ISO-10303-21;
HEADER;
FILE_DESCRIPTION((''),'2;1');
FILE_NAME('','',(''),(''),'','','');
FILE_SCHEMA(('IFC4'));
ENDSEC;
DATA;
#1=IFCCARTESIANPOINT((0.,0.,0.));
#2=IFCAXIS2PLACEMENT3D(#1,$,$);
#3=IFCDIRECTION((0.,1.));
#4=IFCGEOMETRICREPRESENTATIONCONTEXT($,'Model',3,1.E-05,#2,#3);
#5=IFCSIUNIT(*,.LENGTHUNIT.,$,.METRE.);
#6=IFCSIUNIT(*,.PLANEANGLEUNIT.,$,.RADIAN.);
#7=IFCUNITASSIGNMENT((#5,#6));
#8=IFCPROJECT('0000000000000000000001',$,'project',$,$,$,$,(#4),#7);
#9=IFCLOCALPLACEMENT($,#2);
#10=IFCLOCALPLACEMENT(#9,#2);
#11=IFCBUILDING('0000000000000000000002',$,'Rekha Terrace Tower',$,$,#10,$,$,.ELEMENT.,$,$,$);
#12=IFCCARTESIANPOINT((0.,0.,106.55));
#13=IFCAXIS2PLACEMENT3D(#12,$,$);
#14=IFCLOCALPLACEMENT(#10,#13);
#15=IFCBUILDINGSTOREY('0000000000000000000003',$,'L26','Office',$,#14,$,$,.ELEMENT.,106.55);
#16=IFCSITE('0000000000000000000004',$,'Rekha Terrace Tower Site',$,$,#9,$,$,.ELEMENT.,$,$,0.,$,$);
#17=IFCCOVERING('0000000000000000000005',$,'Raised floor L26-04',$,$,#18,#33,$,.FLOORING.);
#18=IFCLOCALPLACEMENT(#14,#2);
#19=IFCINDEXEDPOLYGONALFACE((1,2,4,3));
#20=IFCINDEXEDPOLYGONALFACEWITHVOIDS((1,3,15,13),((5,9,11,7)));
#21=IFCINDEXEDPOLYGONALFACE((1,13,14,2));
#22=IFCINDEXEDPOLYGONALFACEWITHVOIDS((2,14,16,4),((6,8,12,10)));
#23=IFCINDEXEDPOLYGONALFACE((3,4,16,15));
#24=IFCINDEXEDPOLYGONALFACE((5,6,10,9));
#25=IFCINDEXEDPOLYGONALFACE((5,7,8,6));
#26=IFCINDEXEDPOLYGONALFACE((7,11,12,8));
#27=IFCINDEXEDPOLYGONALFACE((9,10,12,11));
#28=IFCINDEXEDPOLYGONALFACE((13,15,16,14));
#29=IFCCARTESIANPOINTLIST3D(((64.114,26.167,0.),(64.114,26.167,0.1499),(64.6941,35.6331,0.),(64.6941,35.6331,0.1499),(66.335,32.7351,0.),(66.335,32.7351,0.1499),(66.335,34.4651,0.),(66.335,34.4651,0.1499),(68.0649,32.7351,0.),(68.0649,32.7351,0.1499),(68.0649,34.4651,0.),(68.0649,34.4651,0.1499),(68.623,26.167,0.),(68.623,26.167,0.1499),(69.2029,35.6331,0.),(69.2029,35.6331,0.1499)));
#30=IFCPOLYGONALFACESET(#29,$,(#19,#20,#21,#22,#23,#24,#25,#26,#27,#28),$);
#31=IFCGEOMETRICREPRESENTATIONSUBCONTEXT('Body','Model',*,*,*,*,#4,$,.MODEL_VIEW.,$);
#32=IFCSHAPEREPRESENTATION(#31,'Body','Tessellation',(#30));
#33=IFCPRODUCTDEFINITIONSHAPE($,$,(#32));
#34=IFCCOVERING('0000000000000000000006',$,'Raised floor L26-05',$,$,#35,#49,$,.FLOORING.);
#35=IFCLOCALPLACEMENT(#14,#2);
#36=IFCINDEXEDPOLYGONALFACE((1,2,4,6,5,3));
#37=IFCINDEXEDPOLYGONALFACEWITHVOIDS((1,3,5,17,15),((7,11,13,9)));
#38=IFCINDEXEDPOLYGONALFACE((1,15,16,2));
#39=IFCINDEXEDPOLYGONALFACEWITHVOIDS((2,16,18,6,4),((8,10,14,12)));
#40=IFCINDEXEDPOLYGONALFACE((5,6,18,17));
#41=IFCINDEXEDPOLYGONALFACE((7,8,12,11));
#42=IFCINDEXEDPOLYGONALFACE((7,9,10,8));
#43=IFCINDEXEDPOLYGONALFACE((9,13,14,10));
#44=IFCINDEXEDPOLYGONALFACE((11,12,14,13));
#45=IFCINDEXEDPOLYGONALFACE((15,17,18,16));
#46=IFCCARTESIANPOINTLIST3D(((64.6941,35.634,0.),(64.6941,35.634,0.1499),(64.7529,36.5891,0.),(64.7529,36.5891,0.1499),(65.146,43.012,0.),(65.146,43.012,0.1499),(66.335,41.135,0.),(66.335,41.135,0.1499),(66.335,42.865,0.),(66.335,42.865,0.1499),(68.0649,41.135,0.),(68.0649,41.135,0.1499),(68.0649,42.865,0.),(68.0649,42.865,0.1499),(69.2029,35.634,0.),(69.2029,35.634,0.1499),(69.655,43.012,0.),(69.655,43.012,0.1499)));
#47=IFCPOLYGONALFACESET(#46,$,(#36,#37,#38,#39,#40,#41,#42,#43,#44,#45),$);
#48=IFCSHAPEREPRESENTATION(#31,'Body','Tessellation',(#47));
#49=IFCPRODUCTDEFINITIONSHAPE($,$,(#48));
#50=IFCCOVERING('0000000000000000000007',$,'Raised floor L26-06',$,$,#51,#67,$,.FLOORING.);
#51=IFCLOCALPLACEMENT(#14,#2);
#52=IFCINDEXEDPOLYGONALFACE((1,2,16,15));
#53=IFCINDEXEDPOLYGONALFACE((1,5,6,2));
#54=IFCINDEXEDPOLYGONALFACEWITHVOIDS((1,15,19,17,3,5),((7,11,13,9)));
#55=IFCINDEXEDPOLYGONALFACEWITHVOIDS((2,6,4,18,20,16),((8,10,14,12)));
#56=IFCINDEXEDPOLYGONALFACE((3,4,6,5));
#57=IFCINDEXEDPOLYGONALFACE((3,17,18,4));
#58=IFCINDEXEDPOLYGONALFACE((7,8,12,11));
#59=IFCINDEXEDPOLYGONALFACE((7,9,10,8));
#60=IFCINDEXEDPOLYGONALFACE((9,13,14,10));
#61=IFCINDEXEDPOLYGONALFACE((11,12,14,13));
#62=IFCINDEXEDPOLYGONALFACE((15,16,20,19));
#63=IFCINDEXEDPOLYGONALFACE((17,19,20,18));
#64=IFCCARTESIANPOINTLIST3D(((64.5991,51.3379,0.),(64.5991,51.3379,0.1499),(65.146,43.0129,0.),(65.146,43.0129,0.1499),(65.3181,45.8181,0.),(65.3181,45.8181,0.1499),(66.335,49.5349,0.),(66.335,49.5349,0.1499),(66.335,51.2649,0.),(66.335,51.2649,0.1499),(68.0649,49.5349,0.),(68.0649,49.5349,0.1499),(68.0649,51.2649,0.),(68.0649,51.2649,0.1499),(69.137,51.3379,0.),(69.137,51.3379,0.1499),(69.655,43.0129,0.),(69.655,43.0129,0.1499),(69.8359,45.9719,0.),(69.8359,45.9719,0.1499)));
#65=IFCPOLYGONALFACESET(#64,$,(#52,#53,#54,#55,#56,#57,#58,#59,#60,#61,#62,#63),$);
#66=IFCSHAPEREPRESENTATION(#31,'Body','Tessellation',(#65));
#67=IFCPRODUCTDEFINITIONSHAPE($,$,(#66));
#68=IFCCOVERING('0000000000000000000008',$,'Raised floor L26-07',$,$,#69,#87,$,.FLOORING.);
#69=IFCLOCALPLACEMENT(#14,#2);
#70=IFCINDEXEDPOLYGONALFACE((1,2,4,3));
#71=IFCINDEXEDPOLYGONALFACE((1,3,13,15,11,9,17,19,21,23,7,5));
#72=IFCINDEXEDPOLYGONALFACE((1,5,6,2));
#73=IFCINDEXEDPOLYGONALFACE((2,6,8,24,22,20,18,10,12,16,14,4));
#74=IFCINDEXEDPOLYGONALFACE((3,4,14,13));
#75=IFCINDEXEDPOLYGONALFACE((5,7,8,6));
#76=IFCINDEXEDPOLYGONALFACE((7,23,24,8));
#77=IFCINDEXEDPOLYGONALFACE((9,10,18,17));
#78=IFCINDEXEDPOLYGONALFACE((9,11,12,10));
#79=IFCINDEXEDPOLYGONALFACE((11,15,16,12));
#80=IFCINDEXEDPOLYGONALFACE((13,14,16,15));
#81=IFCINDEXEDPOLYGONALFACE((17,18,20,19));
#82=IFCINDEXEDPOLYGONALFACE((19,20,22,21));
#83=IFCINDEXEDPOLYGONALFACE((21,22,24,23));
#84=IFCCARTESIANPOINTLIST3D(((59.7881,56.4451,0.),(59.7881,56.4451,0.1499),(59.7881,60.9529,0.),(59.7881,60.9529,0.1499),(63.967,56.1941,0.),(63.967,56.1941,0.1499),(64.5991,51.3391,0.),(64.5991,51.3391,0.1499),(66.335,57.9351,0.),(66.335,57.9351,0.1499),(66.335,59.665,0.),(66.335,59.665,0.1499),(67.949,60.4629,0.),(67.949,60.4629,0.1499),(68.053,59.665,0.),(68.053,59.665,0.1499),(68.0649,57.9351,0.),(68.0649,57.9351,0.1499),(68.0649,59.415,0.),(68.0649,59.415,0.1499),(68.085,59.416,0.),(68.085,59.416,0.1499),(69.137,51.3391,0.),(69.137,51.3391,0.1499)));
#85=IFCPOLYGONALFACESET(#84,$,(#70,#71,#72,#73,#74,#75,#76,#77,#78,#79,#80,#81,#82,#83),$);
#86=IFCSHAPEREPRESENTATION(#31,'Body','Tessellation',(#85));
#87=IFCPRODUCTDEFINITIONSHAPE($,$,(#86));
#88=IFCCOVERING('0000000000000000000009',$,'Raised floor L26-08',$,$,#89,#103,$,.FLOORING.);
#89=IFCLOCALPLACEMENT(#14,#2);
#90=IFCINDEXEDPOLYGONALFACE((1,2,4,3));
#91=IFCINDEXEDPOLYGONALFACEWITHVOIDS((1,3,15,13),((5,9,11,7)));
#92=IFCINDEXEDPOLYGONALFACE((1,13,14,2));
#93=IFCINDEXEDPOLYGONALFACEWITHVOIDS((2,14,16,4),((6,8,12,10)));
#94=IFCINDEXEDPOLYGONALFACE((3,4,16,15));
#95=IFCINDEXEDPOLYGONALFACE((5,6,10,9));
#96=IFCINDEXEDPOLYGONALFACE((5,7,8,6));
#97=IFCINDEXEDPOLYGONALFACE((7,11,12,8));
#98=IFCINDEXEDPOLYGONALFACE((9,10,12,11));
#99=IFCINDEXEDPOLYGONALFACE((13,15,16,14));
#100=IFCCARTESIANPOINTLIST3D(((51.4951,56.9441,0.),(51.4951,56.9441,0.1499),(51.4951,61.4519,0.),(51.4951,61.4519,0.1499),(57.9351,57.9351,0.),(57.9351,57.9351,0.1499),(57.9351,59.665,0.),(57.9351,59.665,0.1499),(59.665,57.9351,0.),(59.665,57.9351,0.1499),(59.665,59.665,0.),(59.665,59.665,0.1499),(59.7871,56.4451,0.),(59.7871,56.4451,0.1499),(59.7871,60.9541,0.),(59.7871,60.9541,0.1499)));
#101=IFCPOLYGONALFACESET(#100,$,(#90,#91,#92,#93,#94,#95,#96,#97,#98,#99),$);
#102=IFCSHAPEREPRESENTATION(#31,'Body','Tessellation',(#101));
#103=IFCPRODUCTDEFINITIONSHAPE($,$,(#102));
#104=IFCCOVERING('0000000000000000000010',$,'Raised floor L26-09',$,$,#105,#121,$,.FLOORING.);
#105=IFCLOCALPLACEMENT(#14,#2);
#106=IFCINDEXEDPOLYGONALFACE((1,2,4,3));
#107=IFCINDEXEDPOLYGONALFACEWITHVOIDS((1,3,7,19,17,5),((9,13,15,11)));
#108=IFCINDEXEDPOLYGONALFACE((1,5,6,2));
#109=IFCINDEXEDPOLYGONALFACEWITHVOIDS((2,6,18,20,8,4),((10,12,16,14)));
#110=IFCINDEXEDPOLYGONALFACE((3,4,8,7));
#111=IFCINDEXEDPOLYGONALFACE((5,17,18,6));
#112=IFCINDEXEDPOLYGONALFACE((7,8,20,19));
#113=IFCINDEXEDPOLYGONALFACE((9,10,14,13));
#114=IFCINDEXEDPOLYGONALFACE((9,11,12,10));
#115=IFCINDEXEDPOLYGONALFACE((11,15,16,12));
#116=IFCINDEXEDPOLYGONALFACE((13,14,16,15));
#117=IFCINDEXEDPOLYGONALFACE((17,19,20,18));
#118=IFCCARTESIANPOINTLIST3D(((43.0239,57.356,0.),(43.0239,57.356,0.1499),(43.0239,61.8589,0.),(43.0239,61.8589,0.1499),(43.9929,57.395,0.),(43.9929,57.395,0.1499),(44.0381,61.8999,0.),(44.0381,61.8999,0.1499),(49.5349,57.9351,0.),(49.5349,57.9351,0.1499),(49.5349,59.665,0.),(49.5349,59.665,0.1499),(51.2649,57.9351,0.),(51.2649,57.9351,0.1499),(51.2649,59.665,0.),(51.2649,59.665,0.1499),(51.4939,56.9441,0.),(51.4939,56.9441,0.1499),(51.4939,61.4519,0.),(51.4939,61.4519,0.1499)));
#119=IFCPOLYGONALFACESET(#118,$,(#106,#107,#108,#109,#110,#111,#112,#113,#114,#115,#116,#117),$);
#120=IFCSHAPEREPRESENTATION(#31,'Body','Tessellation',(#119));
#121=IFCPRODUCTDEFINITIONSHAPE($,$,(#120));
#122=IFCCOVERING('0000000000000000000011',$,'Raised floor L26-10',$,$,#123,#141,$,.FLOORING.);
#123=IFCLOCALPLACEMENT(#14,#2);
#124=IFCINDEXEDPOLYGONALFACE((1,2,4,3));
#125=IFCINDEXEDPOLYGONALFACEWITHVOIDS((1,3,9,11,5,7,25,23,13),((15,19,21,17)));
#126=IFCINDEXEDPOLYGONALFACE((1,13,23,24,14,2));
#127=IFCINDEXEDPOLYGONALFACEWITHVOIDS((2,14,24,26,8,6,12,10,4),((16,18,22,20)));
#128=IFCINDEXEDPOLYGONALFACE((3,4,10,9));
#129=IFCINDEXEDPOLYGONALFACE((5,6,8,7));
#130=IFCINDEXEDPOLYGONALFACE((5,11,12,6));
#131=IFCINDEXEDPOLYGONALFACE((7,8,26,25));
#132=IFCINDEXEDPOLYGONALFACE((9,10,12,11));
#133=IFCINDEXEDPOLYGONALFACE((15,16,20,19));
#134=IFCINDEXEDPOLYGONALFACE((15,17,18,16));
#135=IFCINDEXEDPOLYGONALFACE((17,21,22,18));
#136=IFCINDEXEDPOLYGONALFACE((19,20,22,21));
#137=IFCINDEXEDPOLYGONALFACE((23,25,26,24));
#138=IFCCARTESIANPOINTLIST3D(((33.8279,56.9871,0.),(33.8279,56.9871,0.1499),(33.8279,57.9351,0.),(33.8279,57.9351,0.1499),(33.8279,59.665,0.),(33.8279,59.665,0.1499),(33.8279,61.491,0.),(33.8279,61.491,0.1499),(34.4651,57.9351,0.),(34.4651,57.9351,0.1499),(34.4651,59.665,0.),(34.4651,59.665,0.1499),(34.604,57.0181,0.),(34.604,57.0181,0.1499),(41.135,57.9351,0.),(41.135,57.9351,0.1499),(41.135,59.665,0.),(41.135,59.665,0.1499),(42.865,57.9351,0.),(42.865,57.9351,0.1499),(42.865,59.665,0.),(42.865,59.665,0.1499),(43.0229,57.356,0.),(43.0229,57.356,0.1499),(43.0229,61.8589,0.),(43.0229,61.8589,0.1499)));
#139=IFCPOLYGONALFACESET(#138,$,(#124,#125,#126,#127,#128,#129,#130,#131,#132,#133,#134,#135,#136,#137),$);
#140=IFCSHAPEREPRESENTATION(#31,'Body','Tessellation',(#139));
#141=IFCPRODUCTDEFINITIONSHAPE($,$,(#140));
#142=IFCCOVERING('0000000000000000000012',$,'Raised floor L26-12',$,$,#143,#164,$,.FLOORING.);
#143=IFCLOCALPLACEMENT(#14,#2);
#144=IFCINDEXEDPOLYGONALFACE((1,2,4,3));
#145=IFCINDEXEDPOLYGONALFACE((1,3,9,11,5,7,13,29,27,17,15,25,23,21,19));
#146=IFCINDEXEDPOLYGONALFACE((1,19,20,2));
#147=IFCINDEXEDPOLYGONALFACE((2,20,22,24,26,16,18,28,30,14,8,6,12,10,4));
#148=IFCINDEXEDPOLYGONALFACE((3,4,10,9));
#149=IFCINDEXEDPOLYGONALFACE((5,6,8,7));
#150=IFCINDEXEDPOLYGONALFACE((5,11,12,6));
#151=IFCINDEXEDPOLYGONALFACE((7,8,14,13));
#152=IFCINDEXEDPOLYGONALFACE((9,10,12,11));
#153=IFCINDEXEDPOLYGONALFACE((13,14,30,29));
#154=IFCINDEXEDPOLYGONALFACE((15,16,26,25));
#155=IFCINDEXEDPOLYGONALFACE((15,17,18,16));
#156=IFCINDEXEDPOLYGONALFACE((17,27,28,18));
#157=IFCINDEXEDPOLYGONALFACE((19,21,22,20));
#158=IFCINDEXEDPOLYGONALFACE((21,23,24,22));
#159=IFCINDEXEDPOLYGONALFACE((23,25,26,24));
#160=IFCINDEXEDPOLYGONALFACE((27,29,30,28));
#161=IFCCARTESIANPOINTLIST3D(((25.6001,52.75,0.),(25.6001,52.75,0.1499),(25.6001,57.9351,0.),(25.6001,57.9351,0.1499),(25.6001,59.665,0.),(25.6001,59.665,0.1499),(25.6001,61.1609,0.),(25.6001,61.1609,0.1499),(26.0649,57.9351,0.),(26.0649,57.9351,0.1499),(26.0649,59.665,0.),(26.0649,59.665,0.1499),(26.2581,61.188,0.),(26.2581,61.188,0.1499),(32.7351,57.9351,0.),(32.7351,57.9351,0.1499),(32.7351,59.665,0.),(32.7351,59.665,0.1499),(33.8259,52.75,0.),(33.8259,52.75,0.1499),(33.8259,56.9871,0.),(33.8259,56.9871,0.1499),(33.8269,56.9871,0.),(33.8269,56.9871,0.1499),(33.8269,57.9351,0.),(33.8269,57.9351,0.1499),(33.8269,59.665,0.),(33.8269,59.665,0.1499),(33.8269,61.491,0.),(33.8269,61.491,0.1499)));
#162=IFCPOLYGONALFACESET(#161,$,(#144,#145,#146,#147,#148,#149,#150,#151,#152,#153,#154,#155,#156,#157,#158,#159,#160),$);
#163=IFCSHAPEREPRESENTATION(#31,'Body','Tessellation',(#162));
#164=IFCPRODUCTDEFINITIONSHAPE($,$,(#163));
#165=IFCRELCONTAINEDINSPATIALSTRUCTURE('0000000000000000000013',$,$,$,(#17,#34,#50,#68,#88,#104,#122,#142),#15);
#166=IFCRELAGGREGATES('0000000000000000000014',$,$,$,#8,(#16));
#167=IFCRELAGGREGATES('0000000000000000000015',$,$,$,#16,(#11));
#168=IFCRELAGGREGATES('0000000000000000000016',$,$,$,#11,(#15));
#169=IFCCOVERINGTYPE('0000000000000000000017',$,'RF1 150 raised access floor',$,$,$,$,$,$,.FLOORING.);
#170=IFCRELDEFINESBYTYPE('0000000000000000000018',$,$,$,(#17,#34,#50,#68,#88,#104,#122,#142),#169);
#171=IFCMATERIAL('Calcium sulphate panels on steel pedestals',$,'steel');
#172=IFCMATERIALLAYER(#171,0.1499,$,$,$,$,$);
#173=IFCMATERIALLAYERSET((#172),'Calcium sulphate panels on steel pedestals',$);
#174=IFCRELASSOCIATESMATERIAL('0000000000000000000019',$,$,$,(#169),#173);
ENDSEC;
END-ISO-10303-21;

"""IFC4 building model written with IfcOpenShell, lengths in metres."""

from ifc_helpers import new_model, si_unit, direction, frame, origin, place, context, subcontext, project, spatial, polyline, outline, extrude, material, layer, layer_set, type_object, element, save


model = new_model("IFC4")

# Units and contexts
model_context = context("Model", 3, precision=1e-05, world=origin(), true_north=direction((0.0, 1.0)))
body_context = subcontext(model_context, "Body", "Model", "MODEL_VIEW")
ifc_project = project(units=[si_unit("LENGTHUNIT", "METRE"), si_unit("PLANEANGLEUNIT", "RADIAN")], contexts=[model_context])

# Site, building, storey
site_placement = place(None, origin())
site = spatial("IfcSite", under=ifc_project, at=site_placement, Name="Rekha Terrace Tower Site", CompositionType="ELEMENT", RefElevation=0.0)
building_placement = place(site_placement, origin())
building = spatial("IfcBuilding", under=site, at=building_placement, Name="Rekha Terrace Tower", CompositionType="ELEMENT")
storey_placement = place(building_placement, frame((0.0, 0.0, 106.55)))
storey = spatial("IfcBuildingStorey", under=building, at=storey_placement, Name="L26", Description="Office", CompositionType="ELEMENT", Elevation=106.55)

# Coverings
ifc_material_1 = material(Name="Calcium sulphate panels on steel pedestals", Category="steel")
ifc_layer_1 = layer(ifc_material_1, 0.1499)
ifc_layer_set_1 = layer_set([ifc_layer_1], Name="Calcium sulphate panels on steel pedestals")
covering_type_1 = type_object("IfcCoveringType", Name="RF1 150 raised access floor", PredefinedType="FLOORING", material=ifc_layer_set_1)
covering_1_placement = place(storey_placement, origin())
element("IfcCovering", 1, at=covering_1_placement, inside=storey, type_object=covering_type_1, Name="Raised floor L26-04", PredefinedType="FLOORING", context=body_context, shape_type="SweptSolid", body=[
    extrude(outline(polyline([(64.114, 26.167), (68.623, 26.167), (69.2029, 35.6331), (64.6941, 35.6331), (64.114, 26.167)]), holes=[polyline([(68.0649, 34.4651), (68.0649, 32.7351), (66.335, 32.7351), (66.335, 34.4651), (68.0649, 34.4651)])]), origin(), (0.0, 0.0, 1.0), 0.1499),
])
covering_2_placement = place(storey_placement, origin())
element("IfcCovering", 2, at=covering_2_placement, inside=storey, type_object=covering_type_1, Name="Raised floor L26-05", PredefinedType="FLOORING", context=body_context, shape_type="SweptSolid", body=[
    extrude(outline(polyline([(69.655, 43.012), (65.146, 43.012), (64.7529, 36.5891), (64.6941, 35.634), (69.2029, 35.634), (69.655, 43.012)]), holes=[polyline([(68.0649, 41.135), (66.335, 41.135), (66.335, 42.865), (68.0649, 42.865), (68.0649, 41.135)])]), origin(), (0.0, 0.0, 1.0), 0.1499),
])
covering_3_placement = place(storey_placement, origin())
element("IfcCovering", 3, at=covering_3_placement, inside=storey, type_object=covering_type_1, Name="Raised floor L26-06", PredefinedType="FLOORING", context=body_context, shape_type="SweptSolid", body=[
    extrude(outline(polyline([(69.8359, 45.9719), (69.137, 51.3379), (64.5991, 51.3379), (65.3181, 45.8181), (65.146, 43.0129), (69.655, 43.0129), (69.8359, 45.9719)]), holes=[polyline([(68.0649, 49.5349), (66.335, 49.5349), (66.335, 51.2649), (68.0649, 51.2649), (68.0649, 49.5349)])]), origin(), (0.0, 0.0, 1.0), 0.1499),
])
covering_4_placement = place(storey_placement, origin())
element("IfcCovering", 4, at=covering_4_placement, inside=storey, type_object=covering_type_1, Name="Raised floor L26-07", PredefinedType="FLOORING", context=body_context, shape_type="SweptSolid", body=[
    extrude(outline(polyline([(67.949, 60.4629), (59.7881, 60.9529), (59.7881, 56.4451), (63.967, 56.1941), (64.5991, 51.3391), (69.137, 51.3391), (68.085, 59.416), (68.0649, 59.415), (68.0649, 57.9351), (66.335, 57.9351), (66.335, 59.665), (68.053, 59.665), (67.949, 60.4629)])), origin(), (0.0, 0.0, 1.0), 0.1499),
])
covering_5_placement = place(storey_placement, origin())
element("IfcCovering", 5, at=covering_5_placement, inside=storey, type_object=covering_type_1, Name="Raised floor L26-08", PredefinedType="FLOORING", context=body_context, shape_type="SweptSolid", body=[
    extrude(outline(polyline([(59.7871, 56.4451), (59.7871, 60.9541), (51.4951, 61.4519), (51.4951, 56.9441), (59.7871, 56.4451)]), holes=[polyline([(59.665, 57.9351), (57.9351, 57.9351), (57.9351, 59.665), (59.665, 59.665), (59.665, 57.9351)])]), origin(), (0.0, 0.0, 1.0), 0.1499),
])
covering_6_placement = place(storey_placement, origin())
element("IfcCovering", 6, at=covering_6_placement, inside=storey, type_object=covering_type_1, Name="Raised floor L26-09", PredefinedType="FLOORING", context=body_context, shape_type="SweptSolid", body=[
    extrude(outline(polyline([(44.0381, 61.8999), (43.0239, 61.8589), (43.0239, 57.356), (43.9929, 57.395), (51.4939, 56.9441), (51.4939, 61.4519), (44.0381, 61.8999)]), holes=[polyline([(51.2649, 57.9351), (49.5349, 57.9351), (49.5349, 59.665), (51.2649, 59.665), (51.2649, 57.9351)])]), origin(), (0.0, 0.0, 1.0), 0.1499),
])
covering_7_placement = place(storey_placement, origin())
element("IfcCovering", 7, at=covering_7_placement, inside=storey, type_object=covering_type_1, Name="Raised floor L26-10", PredefinedType="FLOORING", context=body_context, shape_type="SweptSolid", body=[
    extrude(outline(polyline([(34.4651, 57.9351), (33.8279, 57.9351), (33.8279, 56.9871), (34.604, 57.0181), (43.0229, 57.356), (43.0229, 61.8589), (33.8279, 61.491), (33.8279, 59.665), (34.4651, 59.665), (34.4651, 57.9351)]), holes=[polyline([(42.865, 57.9351), (41.135, 57.9351), (41.135, 59.665), (42.865, 59.665), (42.865, 57.9351)])]), origin(), (0.0, 0.0, 1.0), 0.1499),
])
covering_8_placement = place(storey_placement, origin())
element("IfcCovering", 8, at=covering_8_placement, inside=storey, type_object=covering_type_1, Name="Raised floor L26-12", PredefinedType="FLOORING", context=body_context, shape_type="SweptSolid", body=[
    extrude(outline(polyline([(25.6001, 52.75), (33.8259, 52.75), (33.8259, 56.9871), (33.8269, 56.9871), (33.8269, 57.9351), (32.7351, 57.9351), (32.7351, 59.665), (33.8269, 59.665), (33.8269, 61.491), (26.2581, 61.188), (25.6001, 61.1609), (25.6001, 59.665), (26.0649, 59.665), (26.0649, 57.9351), (25.6001, 57.9351), (25.6001, 52.75)])), origin(), (0.0, 0.0, 1.0), 0.1499),
])

save(model, "model.ifc")
